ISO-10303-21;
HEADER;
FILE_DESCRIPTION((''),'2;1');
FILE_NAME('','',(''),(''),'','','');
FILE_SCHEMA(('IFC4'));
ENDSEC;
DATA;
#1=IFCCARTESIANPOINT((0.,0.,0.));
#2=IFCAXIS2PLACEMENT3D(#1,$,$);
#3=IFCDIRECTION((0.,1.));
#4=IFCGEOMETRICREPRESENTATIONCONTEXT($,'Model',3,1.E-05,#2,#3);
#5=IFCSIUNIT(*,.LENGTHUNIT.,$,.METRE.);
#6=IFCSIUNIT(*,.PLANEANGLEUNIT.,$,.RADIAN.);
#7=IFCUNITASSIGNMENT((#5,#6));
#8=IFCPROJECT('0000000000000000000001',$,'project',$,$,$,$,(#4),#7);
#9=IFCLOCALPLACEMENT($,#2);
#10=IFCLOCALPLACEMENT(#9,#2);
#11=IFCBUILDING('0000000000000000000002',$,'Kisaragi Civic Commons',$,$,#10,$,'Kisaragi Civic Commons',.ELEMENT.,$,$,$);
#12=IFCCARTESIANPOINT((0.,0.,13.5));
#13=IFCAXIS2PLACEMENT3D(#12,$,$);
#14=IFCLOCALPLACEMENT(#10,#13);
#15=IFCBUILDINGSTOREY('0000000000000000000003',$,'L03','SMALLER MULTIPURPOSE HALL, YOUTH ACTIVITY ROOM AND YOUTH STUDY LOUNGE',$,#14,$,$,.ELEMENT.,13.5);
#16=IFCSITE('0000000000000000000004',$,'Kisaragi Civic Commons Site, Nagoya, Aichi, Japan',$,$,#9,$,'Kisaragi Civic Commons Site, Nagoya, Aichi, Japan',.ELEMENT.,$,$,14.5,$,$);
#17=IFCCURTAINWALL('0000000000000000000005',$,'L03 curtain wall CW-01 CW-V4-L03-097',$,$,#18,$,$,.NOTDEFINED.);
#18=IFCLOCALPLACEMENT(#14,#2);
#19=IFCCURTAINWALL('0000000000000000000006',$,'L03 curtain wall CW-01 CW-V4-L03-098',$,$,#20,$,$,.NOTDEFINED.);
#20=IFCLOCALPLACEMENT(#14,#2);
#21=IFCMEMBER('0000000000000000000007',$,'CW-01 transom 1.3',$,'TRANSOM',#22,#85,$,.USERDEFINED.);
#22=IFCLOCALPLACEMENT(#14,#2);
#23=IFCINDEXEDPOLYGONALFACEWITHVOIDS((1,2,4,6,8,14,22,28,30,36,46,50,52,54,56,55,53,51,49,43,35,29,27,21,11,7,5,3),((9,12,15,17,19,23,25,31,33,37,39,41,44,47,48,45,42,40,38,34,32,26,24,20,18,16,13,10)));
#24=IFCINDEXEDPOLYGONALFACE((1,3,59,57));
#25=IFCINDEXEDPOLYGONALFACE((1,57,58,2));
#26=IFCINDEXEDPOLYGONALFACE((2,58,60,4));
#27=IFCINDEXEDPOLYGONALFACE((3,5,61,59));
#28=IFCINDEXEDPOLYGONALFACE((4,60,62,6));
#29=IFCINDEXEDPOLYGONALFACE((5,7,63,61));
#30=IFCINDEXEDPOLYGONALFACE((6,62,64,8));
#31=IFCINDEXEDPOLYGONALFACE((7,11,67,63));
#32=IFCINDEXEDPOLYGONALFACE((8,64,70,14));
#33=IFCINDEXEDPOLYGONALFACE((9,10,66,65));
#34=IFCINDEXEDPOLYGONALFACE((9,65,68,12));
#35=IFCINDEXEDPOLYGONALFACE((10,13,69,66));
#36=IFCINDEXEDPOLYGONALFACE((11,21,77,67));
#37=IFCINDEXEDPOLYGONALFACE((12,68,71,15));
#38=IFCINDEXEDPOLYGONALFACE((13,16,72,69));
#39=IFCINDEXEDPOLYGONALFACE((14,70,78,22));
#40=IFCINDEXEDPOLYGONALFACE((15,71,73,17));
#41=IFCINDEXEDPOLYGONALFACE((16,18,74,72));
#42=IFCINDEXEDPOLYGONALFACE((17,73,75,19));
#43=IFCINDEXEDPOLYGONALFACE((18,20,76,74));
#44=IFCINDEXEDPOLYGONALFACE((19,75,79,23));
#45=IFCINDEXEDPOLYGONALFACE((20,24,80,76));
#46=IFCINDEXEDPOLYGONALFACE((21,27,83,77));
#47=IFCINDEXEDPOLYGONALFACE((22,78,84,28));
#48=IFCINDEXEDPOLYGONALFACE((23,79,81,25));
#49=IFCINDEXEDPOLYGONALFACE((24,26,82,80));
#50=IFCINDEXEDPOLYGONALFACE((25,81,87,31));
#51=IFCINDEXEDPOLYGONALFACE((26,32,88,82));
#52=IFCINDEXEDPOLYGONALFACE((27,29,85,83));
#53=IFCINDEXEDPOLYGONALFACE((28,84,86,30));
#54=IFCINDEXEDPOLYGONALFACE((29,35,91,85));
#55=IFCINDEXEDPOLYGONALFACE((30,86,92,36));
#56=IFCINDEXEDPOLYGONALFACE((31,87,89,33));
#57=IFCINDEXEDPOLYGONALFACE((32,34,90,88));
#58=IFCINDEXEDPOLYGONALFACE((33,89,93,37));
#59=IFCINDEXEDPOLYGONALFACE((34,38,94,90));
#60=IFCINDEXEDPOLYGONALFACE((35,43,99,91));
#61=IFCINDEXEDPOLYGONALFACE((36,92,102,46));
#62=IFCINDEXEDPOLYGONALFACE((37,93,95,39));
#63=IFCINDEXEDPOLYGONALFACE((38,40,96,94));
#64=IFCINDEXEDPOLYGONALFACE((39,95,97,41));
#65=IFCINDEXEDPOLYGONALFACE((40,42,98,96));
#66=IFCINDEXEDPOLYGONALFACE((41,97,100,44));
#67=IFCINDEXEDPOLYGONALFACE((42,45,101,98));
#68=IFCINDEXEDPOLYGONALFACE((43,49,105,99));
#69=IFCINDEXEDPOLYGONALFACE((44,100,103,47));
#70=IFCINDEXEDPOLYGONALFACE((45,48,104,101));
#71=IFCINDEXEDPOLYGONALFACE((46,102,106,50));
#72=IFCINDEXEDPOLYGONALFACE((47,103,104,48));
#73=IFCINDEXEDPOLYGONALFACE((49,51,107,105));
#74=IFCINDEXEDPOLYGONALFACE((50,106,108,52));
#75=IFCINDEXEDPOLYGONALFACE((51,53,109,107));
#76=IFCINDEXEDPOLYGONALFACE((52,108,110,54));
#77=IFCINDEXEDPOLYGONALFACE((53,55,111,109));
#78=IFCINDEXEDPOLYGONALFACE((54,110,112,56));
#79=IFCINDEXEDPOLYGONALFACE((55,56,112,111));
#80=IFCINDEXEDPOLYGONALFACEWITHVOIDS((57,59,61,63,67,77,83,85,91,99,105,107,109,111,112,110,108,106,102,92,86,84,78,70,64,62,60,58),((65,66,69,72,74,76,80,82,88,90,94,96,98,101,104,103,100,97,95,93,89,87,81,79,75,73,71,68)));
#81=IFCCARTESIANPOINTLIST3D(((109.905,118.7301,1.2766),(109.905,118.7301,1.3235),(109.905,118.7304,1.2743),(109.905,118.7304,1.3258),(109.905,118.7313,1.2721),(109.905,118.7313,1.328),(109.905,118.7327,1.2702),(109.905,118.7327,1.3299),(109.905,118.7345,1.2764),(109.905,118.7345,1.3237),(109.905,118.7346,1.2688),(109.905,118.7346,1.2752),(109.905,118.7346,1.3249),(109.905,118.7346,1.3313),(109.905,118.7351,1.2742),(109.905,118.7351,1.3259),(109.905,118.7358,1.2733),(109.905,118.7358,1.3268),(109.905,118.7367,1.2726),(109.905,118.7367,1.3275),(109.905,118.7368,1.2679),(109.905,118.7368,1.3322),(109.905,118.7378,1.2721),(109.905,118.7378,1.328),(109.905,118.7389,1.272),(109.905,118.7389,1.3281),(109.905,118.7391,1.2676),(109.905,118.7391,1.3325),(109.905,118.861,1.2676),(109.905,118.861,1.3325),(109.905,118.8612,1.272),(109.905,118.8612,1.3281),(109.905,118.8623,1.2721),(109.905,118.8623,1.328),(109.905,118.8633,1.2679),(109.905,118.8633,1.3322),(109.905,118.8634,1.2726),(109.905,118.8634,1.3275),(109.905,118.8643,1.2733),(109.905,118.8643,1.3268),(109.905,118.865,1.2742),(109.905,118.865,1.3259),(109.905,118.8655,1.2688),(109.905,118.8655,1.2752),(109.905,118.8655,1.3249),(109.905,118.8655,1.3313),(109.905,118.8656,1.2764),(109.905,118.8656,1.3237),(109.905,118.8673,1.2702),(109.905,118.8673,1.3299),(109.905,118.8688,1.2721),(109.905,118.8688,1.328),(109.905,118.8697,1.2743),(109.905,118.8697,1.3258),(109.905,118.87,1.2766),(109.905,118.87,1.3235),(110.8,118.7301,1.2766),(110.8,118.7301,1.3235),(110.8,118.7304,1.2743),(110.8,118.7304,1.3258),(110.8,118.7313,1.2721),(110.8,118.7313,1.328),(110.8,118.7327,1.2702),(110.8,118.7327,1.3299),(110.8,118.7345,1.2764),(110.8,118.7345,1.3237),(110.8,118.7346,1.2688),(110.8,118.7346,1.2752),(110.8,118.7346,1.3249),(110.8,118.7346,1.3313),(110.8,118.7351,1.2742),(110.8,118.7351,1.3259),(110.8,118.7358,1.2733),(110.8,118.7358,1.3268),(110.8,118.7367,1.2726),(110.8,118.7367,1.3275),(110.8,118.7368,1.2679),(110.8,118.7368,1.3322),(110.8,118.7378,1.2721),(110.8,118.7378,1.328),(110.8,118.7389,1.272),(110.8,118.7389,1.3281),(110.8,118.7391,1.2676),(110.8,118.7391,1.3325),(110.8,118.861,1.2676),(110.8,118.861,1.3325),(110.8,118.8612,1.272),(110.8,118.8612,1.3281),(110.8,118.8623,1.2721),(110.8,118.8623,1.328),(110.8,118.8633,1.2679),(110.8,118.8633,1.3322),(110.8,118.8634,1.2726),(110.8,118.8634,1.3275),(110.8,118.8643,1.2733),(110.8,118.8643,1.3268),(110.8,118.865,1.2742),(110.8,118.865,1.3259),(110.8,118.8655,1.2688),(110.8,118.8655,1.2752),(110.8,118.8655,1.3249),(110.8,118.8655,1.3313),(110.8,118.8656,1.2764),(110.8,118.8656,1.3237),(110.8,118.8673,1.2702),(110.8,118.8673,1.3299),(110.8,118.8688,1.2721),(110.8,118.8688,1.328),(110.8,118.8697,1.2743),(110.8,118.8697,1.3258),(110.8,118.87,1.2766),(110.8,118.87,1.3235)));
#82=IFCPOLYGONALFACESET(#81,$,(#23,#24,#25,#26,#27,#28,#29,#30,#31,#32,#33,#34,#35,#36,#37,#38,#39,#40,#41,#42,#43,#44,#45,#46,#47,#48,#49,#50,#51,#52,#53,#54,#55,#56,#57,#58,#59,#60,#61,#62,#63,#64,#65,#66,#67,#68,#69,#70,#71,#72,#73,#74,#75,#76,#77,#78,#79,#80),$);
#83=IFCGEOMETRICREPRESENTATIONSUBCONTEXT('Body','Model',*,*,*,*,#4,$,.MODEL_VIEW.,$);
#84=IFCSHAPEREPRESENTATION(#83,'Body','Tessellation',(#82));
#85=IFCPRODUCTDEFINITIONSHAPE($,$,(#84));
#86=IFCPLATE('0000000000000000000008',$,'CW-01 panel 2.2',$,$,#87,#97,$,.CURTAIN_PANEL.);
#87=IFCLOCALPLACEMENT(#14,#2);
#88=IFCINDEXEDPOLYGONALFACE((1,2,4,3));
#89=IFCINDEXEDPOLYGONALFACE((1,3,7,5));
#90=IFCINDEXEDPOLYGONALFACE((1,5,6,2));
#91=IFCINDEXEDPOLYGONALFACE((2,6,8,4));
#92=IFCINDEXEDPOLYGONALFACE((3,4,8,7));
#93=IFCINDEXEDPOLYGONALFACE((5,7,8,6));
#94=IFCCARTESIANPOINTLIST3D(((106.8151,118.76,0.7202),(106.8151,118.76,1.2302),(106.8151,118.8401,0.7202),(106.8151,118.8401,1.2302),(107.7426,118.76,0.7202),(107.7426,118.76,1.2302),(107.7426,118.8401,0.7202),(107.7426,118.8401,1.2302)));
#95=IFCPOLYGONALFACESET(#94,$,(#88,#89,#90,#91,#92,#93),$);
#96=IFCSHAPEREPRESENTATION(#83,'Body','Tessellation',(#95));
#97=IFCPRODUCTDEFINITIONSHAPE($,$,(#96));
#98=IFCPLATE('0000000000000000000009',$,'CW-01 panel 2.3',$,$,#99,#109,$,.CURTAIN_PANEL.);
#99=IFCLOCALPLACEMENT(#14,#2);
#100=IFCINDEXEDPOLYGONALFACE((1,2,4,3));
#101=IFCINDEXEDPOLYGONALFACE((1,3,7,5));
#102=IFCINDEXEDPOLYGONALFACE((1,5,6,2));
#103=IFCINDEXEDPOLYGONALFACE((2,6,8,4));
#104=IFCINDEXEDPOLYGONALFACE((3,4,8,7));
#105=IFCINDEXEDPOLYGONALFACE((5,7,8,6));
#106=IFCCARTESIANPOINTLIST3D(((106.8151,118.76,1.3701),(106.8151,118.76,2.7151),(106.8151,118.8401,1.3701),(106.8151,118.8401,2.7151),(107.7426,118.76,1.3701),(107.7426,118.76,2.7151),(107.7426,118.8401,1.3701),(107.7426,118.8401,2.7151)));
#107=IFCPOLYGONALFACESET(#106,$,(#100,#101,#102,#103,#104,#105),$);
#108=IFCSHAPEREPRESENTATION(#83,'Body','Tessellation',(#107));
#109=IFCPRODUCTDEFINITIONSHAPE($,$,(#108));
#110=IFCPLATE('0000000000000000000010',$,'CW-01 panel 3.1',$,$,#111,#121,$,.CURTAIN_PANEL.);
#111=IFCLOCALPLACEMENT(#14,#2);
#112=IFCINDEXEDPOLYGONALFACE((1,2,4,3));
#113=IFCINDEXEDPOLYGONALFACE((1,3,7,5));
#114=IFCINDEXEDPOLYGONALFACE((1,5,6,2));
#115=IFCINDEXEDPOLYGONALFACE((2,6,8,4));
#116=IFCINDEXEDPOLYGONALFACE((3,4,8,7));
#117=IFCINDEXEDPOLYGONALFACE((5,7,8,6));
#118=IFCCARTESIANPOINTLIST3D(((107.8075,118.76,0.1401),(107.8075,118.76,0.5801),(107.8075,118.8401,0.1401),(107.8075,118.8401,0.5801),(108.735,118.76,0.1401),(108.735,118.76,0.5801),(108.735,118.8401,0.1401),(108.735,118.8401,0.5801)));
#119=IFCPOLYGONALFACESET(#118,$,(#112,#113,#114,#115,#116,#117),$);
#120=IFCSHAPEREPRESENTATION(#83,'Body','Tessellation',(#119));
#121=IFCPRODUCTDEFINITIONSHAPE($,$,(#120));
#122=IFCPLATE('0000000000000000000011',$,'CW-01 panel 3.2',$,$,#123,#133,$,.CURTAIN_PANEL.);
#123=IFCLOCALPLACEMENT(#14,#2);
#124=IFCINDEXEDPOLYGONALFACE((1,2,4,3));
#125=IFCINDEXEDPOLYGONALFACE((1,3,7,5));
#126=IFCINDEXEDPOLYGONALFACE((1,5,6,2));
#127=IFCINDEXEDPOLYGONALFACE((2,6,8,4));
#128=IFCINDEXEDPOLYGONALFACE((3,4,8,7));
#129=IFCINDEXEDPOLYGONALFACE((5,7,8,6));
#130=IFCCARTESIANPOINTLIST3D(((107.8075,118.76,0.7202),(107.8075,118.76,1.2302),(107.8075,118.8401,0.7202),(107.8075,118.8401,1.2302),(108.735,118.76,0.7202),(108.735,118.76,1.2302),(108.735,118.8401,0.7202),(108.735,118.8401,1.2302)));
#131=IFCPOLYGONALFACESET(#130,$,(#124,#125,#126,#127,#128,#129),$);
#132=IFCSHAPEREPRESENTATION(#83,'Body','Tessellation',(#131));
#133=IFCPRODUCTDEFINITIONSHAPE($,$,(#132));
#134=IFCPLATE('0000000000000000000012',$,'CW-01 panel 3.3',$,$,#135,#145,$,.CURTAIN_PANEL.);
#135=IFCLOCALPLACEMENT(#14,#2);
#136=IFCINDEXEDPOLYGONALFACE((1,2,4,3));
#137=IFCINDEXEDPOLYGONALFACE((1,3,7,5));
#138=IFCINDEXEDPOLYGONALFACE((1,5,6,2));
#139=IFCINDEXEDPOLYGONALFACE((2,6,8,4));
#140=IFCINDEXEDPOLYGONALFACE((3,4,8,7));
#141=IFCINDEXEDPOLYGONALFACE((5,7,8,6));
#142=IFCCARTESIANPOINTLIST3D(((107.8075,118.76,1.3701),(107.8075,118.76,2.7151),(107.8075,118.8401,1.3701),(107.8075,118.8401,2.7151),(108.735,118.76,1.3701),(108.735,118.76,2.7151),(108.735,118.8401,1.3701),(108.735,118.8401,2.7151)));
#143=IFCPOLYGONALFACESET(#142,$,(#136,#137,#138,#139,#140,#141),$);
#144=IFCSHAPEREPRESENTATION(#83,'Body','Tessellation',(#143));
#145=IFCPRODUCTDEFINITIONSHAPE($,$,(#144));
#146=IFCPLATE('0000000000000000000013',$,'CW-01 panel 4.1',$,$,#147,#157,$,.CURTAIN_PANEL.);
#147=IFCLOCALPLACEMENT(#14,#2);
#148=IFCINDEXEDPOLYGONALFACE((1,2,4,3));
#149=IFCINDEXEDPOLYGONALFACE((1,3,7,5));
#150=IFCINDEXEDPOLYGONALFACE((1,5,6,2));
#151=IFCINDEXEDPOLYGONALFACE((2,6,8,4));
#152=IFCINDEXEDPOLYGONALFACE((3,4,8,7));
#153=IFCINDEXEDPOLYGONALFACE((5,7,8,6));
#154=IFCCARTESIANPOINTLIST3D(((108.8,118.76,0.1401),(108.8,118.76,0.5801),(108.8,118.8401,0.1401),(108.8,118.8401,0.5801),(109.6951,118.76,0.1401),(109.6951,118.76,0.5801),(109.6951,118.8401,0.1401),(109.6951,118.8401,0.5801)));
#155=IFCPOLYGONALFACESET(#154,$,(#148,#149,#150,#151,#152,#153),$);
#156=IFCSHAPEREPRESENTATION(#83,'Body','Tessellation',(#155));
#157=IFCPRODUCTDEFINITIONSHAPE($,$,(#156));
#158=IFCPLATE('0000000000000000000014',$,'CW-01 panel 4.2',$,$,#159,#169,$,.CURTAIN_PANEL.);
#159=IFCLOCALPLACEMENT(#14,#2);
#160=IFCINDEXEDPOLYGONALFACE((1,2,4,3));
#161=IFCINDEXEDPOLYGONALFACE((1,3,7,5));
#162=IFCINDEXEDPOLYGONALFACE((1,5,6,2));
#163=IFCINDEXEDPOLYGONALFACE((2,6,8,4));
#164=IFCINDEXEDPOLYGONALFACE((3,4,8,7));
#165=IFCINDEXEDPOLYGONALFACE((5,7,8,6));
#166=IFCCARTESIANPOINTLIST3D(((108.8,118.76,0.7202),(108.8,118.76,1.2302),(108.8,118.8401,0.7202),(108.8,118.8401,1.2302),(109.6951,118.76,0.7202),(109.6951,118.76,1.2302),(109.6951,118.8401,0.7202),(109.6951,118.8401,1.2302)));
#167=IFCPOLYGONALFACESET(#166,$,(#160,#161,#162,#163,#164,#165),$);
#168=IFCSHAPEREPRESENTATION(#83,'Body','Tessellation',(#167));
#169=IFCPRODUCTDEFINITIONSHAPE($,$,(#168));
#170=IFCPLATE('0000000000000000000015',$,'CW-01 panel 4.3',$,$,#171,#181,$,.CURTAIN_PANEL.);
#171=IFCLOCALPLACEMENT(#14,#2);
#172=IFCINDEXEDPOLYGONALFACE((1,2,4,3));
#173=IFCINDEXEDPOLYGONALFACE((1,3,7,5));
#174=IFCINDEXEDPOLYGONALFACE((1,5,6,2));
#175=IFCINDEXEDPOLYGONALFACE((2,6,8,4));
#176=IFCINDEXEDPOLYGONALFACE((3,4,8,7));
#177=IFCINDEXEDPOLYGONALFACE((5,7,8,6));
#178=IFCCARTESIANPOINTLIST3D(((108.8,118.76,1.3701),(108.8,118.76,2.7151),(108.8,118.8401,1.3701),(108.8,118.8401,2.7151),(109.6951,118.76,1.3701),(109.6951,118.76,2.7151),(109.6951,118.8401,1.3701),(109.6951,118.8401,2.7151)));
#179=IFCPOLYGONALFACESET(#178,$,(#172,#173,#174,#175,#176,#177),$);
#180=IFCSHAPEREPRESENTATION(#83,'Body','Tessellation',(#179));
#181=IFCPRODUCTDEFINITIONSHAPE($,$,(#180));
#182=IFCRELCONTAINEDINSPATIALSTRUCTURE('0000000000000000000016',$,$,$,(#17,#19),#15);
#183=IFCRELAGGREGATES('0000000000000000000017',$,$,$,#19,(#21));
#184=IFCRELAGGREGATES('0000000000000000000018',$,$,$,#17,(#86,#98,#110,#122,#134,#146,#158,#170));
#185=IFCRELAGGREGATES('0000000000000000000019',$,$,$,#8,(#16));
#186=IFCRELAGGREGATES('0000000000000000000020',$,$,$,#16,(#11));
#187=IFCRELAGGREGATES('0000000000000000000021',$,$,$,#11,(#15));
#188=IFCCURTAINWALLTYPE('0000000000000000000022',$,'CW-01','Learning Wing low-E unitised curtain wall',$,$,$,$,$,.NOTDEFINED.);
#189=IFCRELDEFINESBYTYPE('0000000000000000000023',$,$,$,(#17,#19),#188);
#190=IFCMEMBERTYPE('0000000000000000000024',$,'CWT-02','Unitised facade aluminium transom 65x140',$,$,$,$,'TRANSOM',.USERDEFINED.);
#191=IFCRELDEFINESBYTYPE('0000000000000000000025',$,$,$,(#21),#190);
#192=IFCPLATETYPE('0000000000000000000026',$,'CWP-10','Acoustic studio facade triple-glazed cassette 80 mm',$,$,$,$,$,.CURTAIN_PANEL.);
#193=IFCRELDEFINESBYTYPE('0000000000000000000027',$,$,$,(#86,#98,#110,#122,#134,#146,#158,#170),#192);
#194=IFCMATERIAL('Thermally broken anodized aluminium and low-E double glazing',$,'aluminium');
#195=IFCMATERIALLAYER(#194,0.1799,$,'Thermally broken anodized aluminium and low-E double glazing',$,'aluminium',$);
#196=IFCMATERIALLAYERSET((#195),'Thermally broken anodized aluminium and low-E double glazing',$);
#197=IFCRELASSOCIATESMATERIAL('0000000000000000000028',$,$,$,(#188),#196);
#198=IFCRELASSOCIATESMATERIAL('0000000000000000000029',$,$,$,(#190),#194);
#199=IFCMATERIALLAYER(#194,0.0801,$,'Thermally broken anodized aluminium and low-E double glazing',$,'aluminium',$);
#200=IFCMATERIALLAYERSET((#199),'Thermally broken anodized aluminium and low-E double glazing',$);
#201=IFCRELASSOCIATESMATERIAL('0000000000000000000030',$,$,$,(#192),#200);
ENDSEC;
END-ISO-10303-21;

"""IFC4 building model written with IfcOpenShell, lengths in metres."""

from ifc_helpers import new_model, si_unit, direction, frame, origin, origin_2d, place, context, subcontext, project, spatial, rectangle, hollow_rectangle, extrude, material, layer, layer_set, material_profile, profile_set, type_object, element, aggregate, save


model = new_model("IFC4")

# Units and contexts
model_context = context("Model", 3, precision=1e-05, world=origin(), true_north=direction((0.0, 1.0)))
body_context = subcontext(model_context, "Body", "Model", "MODEL_VIEW")
ifc_project = project(units=[si_unit("LENGTHUNIT", "METRE"), si_unit("PLANEANGLEUNIT", "RADIAN")], contexts=[model_context])

# Site, building, storey
site_placement = place(None, origin())
site = spatial("IfcSite", under=ifc_project, at=site_placement, Name="Kisaragi Civic Commons Site, Nagoya, Aichi, Japan", LongName="Kisaragi Civic Commons Site, Nagoya, Aichi, Japan", CompositionType="ELEMENT", RefElevation=14.5)
building_placement = place(site_placement, origin())
building = spatial("IfcBuilding", under=site, at=building_placement, Name="Kisaragi Civic Commons", LongName="Kisaragi Civic Commons", CompositionType="ELEMENT")
storey_placement = place(building_placement, frame((0.0, 0.0, 13.5)))
storey = spatial("IfcBuildingStorey", under=building, at=storey_placement, Name="L03", Description="SMALLER MULTIPURPOSE HALL, YOUTH ACTIVITY ROOM AND YOUTH STUDY LOUNGE", CompositionType="ELEMENT", Elevation=13.5)

# Curtain wall
ifc_material = material(Name="Thermally broken anodized aluminium and low-E double glazing", Category="aluminium")
ifc_layer_1 = layer(ifc_material, 0.1799, Name="Thermally broken anodized aluminium and low-E double glazing", Category="aluminium")
ifc_layer_set_1 = layer_set([ifc_layer_1], Name="Thermally broken anodized aluminium and low-E double glazing")
curtain_wall_type = type_object("IfcCurtainWallType", Name="CW-01", Description="Learning Wing low-E unitised curtain wall", PredefinedType="NOTDEFINED", material=ifc_layer_set_1)
curtain_wall_1_placement = place(storey_placement, origin())
curtain_wall_1 = element("IfcCurtainWall", 1, at=curtain_wall_1_placement, inside=storey, type_object=curtain_wall_type, Name="L03 curtain wall CW-01 CW-V4-L03-097", PredefinedType="NOTDEFINED")

# Curtain wall
curtain_wall_2_placement = place(storey_placement, origin())
curtain_wall_2 = element("IfcCurtainWall", 2, at=curtain_wall_2_placement, inside=storey, type_object=curtain_wall_type, Name="L03 curtain wall CW-01 CW-V4-L03-098", PredefinedType="NOTDEFINED")

# Member
ifc_material_profile_1 = material_profile(ifc_material, hollow_rectangle(XDim=0.1399, YDim=0.0649, WallThickness=0.0044, InnerFilletRadius=0.0044, OuterFilletRadius=0.009, at=origin_2d()), Name="CWT-65x140x4.5", Category="aluminium")
ifc_profile_set_1 = profile_set([ifc_material_profile_1], Name="Thermally broken anodized aluminium and low-E double glazing")
member_type_1 = type_object("IfcMemberType", Name="CWT-02", Description="Unitised facade aluminium transom 65x140", ElementType="TRANSOM", PredefinedType="USERDEFINED", material=ifc_profile_set_1)
member_1_placement = place(storey_placement, frame((109.905, 118.8, 1.3), z_axis=(1.0, 0.0, 0.0), x_axis=(0.0, 1.0, 0.0)))
member_1 = element("IfcMember", 3, at=member_1_placement, type_object=member_type_1, Name="CW-01 transom 1.3", ObjectType="TRANSOM", PredefinedType="USERDEFINED", context=body_context, shape_type="SweptSolid", body=[
    extrude(hollow_rectangle(XDim=0.1399, YDim=0.0649, WallThickness=0.0044, InnerFilletRadius=0.0044, OuterFilletRadius=0.009, at=origin_2d()), origin(), (0.0, 0.0, 1.0), 0.895),
])
aggregate(curtain_wall_2, [member_1])

# Plates
ifc_layer_2 = layer(ifc_material, 0.0801, Name="Thermally broken anodized aluminium and low-E double glazing", Category="aluminium")
ifc_layer_set_2 = layer_set([ifc_layer_2], Name="Thermally broken anodized aluminium and low-E double glazing")
plate_type = type_object("IfcPlateType", Name="CWP-10", Description="Acoustic studio facade triple-glazed cassette 80 mm", PredefinedType="CURTAIN_PANEL", material=ifc_layer_set_2)
plate_1_placement = place(storey_placement, frame((107.2788, 118.8, 0.7202), z_axis=(0.0, 0.0, 1.0), x_axis=(1.0, 0.0, 0.0)))
plate_1 = element("IfcPlate", 4, at=plate_1_placement, type_object=plate_type, Name="CW-01 panel 2.2", PredefinedType="CURTAIN_PANEL", context=body_context, shape_type="SweptSolid", body=[
    extrude(rectangle(XDim=0.9275, YDim=0.0801, at=origin_2d()), origin(), (0.0, 0.0, 1.0), 0.51),
])
plate_2_placement = place(storey_placement, frame((107.2788, 118.8, 1.3701), z_axis=(0.0, 0.0, 1.0), x_axis=(1.0, 0.0, 0.0)))
plate_2 = element("IfcPlate", 5, at=plate_2_placement, type_object=plate_type, Name="CW-01 panel 2.3", PredefinedType="CURTAIN_PANEL", context=body_context, shape_type="SweptSolid", body=[
    extrude(rectangle(XDim=0.9275, YDim=0.0801, at=origin_2d()), origin(), (0.0, 0.0, 1.0), 1.345),
])
plate_3_placement = place(storey_placement, frame((108.2712, 118.8, 0.1401), z_axis=(0.0, 0.0, 1.0), x_axis=(1.0, 0.0, 0.0)))
plate_3 = element("IfcPlate", 6, at=plate_3_placement, type_object=plate_type, Name="CW-01 panel 3.1", PredefinedType="CURTAIN_PANEL", context=body_context, shape_type="SweptSolid", body=[
    extrude(rectangle(XDim=0.9275, YDim=0.0801, at=origin_2d()), origin(), (0.0, 0.0, 1.0), 0.4399),
])
plate_4_placement = place(storey_placement, frame((108.2712, 118.8, 0.7202), z_axis=(0.0, 0.0, 1.0), x_axis=(1.0, 0.0, 0.0)))
plate_4 = element("IfcPlate", 7, at=plate_4_placement, type_object=plate_type, Name="CW-01 panel 3.2", PredefinedType="CURTAIN_PANEL", context=body_context, shape_type="SweptSolid", body=[
    extrude(rectangle(XDim=0.9275, YDim=0.0801, at=origin_2d()), origin(), (0.0, 0.0, 1.0), 0.51),
])
plate_5_placement = place(storey_placement, frame((108.2712, 118.8, 1.3701), z_axis=(0.0, 0.0, 1.0), x_axis=(1.0, 0.0, 0.0)))
plate_5 = element("IfcPlate", 8, at=plate_5_placement, type_object=plate_type, Name="CW-01 panel 3.3", PredefinedType="CURTAIN_PANEL", context=body_context, shape_type="SweptSolid", body=[
    extrude(rectangle(XDim=0.9275, YDim=0.0801, at=origin_2d()), origin(), (0.0, 0.0, 1.0), 1.345),
])
plate_6_placement = place(storey_placement, frame((109.2476, 118.8, 0.1401), z_axis=(0.0, 0.0, 1.0), x_axis=(1.0, 0.0, 0.0)))
plate_6 = element("IfcPlate", 9, at=plate_6_placement, type_object=plate_type, Name="CW-01 panel 4.1", PredefinedType="CURTAIN_PANEL", context=body_context, shape_type="SweptSolid", body=[
    extrude(rectangle(XDim=0.895, YDim=0.0801, at=origin_2d()), origin(), (0.0, 0.0, 1.0), 0.4399),
])
plate_7_placement = place(storey_placement, frame((109.2476, 118.8, 0.7202), z_axis=(0.0, 0.0, 1.0), x_axis=(1.0, 0.0, 0.0)))
plate_7 = element("IfcPlate", 10, at=plate_7_placement, type_object=plate_type, Name="CW-01 panel 4.2", PredefinedType="CURTAIN_PANEL", context=body_context, shape_type="SweptSolid", body=[
    extrude(rectangle(XDim=0.895, YDim=0.0801, at=origin_2d()), origin(), (0.0, 0.0, 1.0), 0.51),
])
plate_8_placement = place(storey_placement, frame((109.2476, 118.8, 1.3701), z_axis=(0.0, 0.0, 1.0), x_axis=(1.0, 0.0, 0.0)))
plate_8 = element("IfcPlate", 11, at=plate_8_placement, type_object=plate_type, Name="CW-01 panel 4.3", PredefinedType="CURTAIN_PANEL", context=body_context, shape_type="SweptSolid", body=[
    extrude(rectangle(XDim=0.895, YDim=0.0801, at=origin_2d()), origin(), (0.0, 0.0, 1.0), 1.345),
])
aggregate(curtain_wall_1, [plate_1, plate_2, plate_3, plate_4, plate_5, plate_6, plate_7, plate_8])

save(model, "model.ifc")
